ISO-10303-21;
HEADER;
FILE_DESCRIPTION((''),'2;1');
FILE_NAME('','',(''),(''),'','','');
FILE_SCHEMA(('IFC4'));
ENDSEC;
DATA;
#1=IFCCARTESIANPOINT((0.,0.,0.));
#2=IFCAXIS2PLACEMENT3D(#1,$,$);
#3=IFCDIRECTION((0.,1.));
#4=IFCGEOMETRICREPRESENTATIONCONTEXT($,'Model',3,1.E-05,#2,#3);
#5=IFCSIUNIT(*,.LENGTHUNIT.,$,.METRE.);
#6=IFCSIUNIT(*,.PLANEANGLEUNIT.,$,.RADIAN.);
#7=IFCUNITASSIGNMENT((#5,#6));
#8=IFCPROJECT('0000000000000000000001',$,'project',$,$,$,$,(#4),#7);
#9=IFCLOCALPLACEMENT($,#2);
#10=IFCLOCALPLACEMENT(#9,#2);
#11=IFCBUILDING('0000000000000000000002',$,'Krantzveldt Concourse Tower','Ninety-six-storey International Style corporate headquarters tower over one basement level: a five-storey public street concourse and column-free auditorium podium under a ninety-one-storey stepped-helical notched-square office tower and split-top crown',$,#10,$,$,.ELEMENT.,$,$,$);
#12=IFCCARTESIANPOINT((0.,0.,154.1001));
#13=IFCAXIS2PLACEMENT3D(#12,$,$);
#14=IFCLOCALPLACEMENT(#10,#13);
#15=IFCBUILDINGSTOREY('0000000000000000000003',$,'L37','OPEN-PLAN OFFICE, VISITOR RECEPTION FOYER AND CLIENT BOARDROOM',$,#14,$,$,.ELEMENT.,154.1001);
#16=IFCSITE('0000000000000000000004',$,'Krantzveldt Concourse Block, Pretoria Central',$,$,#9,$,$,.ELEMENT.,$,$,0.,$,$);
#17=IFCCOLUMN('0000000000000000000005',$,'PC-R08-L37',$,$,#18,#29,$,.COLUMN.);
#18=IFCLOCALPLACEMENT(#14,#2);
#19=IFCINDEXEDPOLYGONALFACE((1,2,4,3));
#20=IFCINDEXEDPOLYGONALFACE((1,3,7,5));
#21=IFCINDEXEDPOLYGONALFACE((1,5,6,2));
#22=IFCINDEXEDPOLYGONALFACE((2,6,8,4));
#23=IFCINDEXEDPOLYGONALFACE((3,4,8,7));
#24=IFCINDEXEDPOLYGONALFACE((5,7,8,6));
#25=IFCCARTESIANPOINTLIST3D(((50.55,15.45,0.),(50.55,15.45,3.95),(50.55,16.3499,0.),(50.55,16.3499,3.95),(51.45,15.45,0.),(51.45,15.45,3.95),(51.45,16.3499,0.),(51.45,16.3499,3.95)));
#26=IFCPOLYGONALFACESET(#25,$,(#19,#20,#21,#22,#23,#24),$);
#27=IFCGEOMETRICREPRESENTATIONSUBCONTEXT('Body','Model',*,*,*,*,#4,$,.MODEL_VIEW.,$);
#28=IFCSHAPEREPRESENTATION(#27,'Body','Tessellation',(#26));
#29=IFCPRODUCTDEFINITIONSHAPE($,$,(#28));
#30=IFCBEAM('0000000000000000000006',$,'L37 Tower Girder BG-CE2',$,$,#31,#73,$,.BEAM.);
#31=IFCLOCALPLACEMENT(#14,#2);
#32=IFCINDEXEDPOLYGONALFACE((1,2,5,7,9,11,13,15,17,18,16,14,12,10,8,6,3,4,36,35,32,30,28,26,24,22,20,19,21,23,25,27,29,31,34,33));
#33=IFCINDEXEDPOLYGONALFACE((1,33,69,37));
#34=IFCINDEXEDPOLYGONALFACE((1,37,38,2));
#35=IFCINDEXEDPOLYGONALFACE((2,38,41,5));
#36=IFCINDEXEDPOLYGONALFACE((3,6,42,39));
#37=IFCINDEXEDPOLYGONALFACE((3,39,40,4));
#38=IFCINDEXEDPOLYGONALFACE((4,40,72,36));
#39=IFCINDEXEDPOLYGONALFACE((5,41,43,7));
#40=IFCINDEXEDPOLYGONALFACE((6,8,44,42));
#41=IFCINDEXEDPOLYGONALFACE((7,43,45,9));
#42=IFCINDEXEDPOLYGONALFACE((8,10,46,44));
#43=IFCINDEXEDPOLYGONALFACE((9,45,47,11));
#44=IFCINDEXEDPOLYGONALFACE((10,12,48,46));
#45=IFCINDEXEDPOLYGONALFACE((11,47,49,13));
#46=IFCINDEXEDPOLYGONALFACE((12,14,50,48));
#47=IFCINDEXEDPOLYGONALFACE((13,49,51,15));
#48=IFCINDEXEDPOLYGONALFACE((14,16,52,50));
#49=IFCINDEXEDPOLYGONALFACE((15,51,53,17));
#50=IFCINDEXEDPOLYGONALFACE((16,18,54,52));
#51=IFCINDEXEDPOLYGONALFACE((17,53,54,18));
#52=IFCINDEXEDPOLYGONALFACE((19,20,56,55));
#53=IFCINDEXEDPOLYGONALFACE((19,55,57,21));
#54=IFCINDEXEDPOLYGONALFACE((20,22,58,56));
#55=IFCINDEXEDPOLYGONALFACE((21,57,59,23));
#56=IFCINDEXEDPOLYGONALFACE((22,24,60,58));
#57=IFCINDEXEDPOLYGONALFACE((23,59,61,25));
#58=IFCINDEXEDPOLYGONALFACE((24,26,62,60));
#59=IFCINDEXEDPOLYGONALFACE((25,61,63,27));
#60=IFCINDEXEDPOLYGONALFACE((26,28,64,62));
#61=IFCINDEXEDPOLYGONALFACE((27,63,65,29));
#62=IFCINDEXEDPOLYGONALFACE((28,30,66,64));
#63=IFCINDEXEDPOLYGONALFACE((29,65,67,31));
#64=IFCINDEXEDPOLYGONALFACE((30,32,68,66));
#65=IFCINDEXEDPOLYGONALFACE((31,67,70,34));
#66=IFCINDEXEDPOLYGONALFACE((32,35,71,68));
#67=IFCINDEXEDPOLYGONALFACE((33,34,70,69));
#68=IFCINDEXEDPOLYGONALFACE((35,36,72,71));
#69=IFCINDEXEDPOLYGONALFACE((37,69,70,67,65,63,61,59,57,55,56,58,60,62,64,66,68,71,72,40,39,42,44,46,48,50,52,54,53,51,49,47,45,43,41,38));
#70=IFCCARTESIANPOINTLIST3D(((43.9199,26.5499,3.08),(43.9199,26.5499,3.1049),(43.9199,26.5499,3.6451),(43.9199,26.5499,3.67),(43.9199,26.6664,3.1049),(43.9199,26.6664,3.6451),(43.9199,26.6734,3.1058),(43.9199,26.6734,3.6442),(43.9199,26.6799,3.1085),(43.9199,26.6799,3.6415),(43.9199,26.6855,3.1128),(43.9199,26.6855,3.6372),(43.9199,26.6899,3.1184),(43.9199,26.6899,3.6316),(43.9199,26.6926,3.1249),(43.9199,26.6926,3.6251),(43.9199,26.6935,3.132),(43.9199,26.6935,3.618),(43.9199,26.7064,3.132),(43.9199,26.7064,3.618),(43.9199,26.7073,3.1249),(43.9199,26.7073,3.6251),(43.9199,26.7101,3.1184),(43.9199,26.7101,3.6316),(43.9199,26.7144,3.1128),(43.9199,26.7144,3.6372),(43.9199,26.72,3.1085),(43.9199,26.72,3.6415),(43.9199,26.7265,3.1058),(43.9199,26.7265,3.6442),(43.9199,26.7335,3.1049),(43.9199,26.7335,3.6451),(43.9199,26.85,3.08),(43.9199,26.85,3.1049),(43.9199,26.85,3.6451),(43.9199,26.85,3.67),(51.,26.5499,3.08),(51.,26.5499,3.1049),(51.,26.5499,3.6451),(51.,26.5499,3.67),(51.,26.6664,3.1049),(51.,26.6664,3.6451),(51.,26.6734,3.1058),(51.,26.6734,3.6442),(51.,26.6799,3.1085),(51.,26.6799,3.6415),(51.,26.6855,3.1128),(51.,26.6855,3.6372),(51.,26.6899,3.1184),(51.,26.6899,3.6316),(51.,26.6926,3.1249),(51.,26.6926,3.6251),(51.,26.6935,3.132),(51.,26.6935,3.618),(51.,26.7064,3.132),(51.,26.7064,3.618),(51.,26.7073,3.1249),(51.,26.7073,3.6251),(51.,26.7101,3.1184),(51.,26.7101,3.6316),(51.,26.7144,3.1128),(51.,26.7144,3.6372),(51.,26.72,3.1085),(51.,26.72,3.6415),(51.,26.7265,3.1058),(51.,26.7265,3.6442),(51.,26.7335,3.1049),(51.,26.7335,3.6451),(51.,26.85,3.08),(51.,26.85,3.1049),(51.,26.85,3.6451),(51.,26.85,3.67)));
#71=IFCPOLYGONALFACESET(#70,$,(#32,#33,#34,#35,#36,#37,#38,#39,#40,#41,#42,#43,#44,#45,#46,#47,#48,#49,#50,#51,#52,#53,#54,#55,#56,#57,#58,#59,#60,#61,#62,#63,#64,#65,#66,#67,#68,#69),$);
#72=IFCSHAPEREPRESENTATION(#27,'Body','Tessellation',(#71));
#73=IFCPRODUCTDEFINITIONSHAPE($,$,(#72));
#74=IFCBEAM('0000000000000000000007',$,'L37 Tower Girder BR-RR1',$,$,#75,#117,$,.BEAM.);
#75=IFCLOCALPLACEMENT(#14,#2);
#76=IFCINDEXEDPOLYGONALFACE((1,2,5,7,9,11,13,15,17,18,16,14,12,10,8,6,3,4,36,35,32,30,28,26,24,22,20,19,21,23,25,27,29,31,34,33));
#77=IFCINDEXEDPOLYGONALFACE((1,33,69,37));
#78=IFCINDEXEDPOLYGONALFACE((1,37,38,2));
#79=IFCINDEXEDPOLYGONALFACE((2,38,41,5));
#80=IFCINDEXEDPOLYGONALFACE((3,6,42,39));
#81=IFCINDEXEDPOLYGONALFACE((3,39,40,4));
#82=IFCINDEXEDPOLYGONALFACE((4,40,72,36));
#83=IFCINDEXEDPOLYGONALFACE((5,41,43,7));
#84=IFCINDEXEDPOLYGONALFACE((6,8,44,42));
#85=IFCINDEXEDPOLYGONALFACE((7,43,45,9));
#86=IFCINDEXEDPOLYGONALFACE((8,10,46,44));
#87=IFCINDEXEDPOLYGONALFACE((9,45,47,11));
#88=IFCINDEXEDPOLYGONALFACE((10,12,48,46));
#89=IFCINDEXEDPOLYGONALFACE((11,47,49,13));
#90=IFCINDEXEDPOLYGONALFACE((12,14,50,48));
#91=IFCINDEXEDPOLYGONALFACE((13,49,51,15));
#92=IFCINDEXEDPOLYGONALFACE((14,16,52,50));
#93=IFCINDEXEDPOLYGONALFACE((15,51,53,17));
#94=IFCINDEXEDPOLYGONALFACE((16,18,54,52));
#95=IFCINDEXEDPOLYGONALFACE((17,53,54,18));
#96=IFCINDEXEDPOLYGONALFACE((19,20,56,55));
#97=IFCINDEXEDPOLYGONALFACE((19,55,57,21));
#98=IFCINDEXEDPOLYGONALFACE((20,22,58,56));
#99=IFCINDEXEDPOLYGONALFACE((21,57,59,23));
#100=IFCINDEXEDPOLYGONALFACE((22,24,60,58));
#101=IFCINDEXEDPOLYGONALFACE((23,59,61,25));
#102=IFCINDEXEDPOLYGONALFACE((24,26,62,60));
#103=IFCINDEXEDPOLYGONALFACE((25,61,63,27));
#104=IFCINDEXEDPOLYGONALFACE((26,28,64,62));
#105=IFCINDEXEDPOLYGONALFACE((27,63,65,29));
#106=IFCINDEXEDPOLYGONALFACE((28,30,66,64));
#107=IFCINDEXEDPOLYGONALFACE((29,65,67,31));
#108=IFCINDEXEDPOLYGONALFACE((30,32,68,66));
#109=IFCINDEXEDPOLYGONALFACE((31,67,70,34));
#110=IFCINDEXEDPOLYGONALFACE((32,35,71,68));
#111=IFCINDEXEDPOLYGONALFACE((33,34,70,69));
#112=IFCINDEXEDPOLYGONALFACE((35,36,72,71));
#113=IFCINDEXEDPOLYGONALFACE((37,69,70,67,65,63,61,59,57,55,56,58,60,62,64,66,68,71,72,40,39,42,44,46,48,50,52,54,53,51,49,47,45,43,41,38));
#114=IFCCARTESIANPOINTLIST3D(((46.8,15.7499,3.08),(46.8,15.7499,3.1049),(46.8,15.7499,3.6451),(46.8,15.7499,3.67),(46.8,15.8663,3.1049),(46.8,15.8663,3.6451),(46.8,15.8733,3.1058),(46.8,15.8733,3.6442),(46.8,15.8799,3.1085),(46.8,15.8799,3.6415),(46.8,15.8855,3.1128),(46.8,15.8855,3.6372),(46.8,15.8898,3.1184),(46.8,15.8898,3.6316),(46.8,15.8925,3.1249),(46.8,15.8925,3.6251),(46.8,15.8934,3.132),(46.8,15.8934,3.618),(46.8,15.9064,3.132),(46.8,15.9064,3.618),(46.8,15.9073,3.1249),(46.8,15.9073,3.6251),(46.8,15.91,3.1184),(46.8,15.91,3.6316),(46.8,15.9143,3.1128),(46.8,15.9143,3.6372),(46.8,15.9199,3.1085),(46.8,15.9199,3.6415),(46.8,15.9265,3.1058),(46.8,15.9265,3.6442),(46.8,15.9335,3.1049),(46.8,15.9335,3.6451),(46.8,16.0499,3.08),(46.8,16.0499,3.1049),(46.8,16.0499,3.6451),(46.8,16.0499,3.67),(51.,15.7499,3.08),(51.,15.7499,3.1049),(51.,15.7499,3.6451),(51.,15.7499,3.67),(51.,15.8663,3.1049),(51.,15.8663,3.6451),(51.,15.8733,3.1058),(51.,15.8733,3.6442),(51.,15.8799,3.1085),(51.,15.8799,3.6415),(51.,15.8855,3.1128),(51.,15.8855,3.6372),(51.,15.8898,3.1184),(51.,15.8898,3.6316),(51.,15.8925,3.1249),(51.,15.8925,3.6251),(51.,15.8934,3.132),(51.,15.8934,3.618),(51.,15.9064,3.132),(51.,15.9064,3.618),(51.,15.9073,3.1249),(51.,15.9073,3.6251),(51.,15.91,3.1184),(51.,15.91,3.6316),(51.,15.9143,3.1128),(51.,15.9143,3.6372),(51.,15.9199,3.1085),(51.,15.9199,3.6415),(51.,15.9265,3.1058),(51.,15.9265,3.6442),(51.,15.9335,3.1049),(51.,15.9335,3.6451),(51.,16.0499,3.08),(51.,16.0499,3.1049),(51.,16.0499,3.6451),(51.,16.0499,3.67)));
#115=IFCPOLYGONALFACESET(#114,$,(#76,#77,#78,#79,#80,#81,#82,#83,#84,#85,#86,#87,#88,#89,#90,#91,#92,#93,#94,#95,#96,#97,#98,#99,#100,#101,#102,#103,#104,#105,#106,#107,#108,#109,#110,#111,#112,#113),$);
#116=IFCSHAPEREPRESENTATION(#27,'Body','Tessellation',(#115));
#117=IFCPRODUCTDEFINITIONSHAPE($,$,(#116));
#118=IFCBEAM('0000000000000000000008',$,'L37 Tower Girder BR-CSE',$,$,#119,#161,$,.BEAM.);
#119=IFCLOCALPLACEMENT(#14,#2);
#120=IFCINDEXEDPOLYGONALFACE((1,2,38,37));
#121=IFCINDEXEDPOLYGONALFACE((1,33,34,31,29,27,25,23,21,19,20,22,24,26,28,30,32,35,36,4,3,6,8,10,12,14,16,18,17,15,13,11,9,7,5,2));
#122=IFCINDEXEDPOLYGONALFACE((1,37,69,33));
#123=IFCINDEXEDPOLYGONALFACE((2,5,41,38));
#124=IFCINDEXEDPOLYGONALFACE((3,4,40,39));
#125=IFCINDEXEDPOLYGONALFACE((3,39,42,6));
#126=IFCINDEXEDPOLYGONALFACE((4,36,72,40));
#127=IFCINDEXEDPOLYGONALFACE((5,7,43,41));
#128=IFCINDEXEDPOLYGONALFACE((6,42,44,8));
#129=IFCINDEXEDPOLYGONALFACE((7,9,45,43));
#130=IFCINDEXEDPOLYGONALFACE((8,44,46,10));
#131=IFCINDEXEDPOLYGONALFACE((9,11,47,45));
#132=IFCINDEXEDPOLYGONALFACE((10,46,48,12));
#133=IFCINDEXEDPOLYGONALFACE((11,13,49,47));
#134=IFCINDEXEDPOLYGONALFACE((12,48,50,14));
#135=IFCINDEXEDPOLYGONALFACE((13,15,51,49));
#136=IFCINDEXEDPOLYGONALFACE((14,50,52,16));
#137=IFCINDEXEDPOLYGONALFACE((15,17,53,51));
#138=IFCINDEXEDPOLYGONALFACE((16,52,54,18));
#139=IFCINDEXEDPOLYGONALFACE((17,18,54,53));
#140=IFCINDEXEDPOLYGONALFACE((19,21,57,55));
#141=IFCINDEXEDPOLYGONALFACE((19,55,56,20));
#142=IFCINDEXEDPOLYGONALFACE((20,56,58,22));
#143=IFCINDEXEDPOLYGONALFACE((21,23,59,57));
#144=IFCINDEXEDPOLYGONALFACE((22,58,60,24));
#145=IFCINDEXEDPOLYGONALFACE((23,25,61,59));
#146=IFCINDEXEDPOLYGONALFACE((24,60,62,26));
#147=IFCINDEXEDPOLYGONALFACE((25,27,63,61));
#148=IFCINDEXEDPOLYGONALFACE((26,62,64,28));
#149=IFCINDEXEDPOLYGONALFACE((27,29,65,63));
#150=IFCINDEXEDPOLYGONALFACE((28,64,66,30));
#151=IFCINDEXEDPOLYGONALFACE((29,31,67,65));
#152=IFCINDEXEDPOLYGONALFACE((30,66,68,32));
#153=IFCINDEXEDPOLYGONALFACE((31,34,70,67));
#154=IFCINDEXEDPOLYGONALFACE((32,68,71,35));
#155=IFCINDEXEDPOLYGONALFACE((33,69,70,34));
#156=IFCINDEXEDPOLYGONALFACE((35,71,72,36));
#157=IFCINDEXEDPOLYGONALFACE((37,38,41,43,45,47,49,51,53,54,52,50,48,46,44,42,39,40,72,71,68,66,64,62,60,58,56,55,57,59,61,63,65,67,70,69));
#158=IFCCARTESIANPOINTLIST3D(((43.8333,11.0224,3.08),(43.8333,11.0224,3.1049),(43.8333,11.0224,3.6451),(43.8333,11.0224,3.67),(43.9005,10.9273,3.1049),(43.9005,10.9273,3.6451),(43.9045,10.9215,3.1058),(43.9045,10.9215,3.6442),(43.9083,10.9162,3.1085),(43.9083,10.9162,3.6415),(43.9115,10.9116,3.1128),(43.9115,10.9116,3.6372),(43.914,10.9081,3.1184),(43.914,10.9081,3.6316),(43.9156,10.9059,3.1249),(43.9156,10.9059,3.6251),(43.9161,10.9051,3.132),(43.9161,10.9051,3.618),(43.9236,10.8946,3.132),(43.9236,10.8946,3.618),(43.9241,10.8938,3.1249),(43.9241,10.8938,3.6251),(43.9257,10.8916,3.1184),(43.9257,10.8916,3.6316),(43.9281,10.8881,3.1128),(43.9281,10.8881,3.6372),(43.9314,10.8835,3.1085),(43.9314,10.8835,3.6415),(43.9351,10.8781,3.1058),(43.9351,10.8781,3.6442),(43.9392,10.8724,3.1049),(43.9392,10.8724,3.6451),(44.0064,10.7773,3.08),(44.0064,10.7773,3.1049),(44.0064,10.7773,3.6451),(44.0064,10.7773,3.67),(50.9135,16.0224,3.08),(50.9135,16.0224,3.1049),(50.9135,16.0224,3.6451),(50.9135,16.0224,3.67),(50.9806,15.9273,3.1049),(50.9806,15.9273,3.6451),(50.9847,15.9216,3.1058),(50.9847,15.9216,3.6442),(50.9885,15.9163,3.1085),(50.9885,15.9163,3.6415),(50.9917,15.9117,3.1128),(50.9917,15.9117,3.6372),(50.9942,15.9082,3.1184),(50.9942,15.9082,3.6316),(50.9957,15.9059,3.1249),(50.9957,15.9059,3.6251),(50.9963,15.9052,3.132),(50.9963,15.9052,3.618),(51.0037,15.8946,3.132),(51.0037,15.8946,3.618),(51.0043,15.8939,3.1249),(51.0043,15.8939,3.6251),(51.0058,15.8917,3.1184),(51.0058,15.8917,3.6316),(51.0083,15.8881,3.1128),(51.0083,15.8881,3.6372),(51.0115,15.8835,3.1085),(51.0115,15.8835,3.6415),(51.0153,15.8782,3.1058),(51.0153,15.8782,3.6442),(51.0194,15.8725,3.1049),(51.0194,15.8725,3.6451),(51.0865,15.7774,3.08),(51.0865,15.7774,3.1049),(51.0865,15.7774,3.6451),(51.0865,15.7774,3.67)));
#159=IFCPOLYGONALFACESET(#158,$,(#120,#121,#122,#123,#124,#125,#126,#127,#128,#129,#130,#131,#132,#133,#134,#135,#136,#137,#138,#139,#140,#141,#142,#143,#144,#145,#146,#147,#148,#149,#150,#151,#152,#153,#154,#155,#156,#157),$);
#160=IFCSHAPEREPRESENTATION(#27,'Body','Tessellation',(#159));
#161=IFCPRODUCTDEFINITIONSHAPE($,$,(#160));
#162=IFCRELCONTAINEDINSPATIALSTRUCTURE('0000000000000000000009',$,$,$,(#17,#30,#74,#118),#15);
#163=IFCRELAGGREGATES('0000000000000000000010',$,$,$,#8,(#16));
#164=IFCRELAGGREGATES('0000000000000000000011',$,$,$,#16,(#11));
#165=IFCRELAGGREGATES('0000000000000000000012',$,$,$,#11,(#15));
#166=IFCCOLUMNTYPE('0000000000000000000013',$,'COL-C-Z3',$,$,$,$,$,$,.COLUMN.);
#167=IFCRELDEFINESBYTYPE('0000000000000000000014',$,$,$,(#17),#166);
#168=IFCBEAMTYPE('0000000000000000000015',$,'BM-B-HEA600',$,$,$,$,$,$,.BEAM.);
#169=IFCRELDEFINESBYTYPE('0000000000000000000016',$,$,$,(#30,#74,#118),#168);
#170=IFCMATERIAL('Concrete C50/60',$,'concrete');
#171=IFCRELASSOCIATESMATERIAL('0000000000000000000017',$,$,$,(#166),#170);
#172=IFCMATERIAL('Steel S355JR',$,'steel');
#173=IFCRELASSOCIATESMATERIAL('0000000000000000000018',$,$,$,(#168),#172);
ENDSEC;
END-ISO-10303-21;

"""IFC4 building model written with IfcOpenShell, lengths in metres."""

from ifc_helpers import new_model, si_unit, direction, frame, origin, origin_2d, place, context, subcontext, project, spatial, rectangle, i_section, extrude, source, transform, mapped, material, material_profile, profile_set, type_object, type_shapes, element, save


model = new_model("IFC4")

# Units and contexts
model_context = context("Model", 3, precision=1e-05, world=origin(), true_north=direction((0.0, 1.0)))
body_context = subcontext(model_context, "Body", "Model", "MODEL_VIEW")
ifc_project = project(units=[si_unit("LENGTHUNIT", "METRE"), si_unit("PLANEANGLEUNIT", "RADIAN")], contexts=[model_context])

# Site, building, storey
site_placement = place(None, origin())
site = spatial("IfcSite", under=ifc_project, at=site_placement, Name="Krantzveldt Concourse Block, Pretoria Central", CompositionType="ELEMENT", RefElevation=0.0)
building_placement = place(site_placement, origin())
building = spatial("IfcBuilding", under=site, at=building_placement, Name="Krantzveldt Concourse Tower", Description="Ninety-six-storey International Style corporate headquarters tower over one basement level: a five-storey public street concourse and column-free auditorium podium under a ninety-one-storey stepped-helical notched-square office tower and split-top crown", CompositionType="ELEMENT")
storey_placement = place(building_placement, frame((0.0, 0.0, 154.1001)))
storey = spatial("IfcBuildingStorey", under=building, at=storey_placement, Name="L37", Description="OPEN-PLAN OFFICE, VISITOR RECEPTION FOYER AND CLIENT BOARDROOM", CompositionType="ELEMENT", Elevation=154.1001)

# Column
ifc_material_1 = material(Name="Concrete C50/60", Category="concrete")
ifc_material_profile_1 = material_profile(ifc_material_1, rectangle(XDim=0.8999, YDim=0.8999, at=origin_2d()), Name="Concrete C50/60", Category="concrete")
ifc_profile_set_1 = profile_set([ifc_material_profile_1], Name="Concrete C50/60 - RC 900x900")
column_type = type_object("IfcColumnType", Name="COL-C-Z3", PredefinedType="COLUMN", material=ifc_profile_set_1)
shared_shape_1 = source(origin(), body_context, "Body", "SweptSolid", [
    extrude(rectangle(XDim=0.8999, YDim=0.8999, at=origin_2d()), origin(), (0.0, 0.0, 1.0), 3.95),
])
type_shapes(column_type, [shared_shape_1])
column_placement = place(storey_placement, frame((51.0, 15.8999, 0.0), z_axis=(0.0, 0.0, 1.0), x_axis=(1.0, 0.0, 0.0)))
element("IfcColumn", 1, at=column_placement, inside=storey, type_object=column_type, Name="PC-R08-L37", PredefinedType="COLUMN", context=body_context, shape_type="MappedRepresentation", body=[
    mapped(shared_shape_1, transform((0.0, 0.0, 0.0), x_axis=(1.0, 0.0, 0.0), y_axis=(0.0, 1.0, 0.0), z_axis=(0.0, 0.0, 1.0), scale=1.0)),
])

# Beams
ifc_material_2 = material(Name="Steel S355JR", Category="steel")
ifc_material_profile_2 = material_profile(ifc_material_2, i_section(OverallWidth=0.3, OverallDepth=0.5901, WebThickness=0.0129, FlangeThickness=0.0249, FilletRadius=0.0271, at=origin_2d()), Name="Steel S355JR", Category="steel")
ifc_profile_set_2 = profile_set([ifc_material_profile_2], Name="Steel S355JR - HEA 600")
beam_type_1 = type_object("IfcBeamType", Name="BM-B-HEA600", PredefinedType="BEAM", material=ifc_profile_set_2)
shared_shape_2 = source(origin(), body_context, "Body", "SweptSolid", [
    extrude(i_section(OverallWidth=0.3, OverallDepth=0.5901, WebThickness=0.0129, FlangeThickness=0.0249, FilletRadius=0.0271, at=origin_2d()), origin(), (0.0, 0.0, 1.0), 7.0801),
])
beam_1_placement = place(storey_placement, frame((43.9199, 26.7, 3.375), z_axis=(1.0, 0.0, 0.0), x_axis=(0.0, 1.0, 0.0)))
element("IfcBeam", 2, at=beam_1_placement, inside=storey, type_object=beam_type_1, Name="L37 Tower Girder BG-CE2", PredefinedType="BEAM", context=body_context, shape_type="MappedRepresentation", body=[
    mapped(shared_shape_2, transform((0.0, 0.0, 0.0), x_axis=(1.0, 0.0, 0.0), y_axis=(0.0, 1.0, 0.0), z_axis=(0.0, 0.0, 1.0), scale=1.0)),
])
shared_shape_3 = source(origin(), body_context, "Body", "SweptSolid", [
    extrude(i_section(OverallWidth=0.3, OverallDepth=0.5901, WebThickness=0.0129, FlangeThickness=0.0249, FilletRadius=0.0271, at=origin_2d()), origin(), (0.0, 0.0, 1.0), 4.2),
])
beam_2_placement = place(storey_placement, frame((46.8, 15.8999, 3.375), z_axis=(1.0, 0.0, 0.0), x_axis=(0.0, 1.0, 0.0)))
element("IfcBeam", 3, at=beam_2_placement, inside=storey, type_object=beam_type_1, Name="L37 Tower Girder BR-RR1", PredefinedType="BEAM", context=body_context, shape_type="MappedRepresentation", body=[
    mapped(shared_shape_3, transform((0.0, 0.0, 0.0), x_axis=(1.0, 0.0, 0.0), y_axis=(0.0, 1.0, 0.0), z_axis=(0.0, 0.0, 1.0), scale=1.0)),
])
shared_shape_4 = source(origin(), body_context, "Body", "SweptSolid", [
    extrude(i_section(OverallWidth=0.3, OverallDepth=0.5901, WebThickness=0.0129, FlangeThickness=0.0249, FilletRadius=0.0271, at=origin_2d()), origin(), (0.0, 0.0, 1.0), 8.6677),
])
type_shapes(beam_type_1, [shared_shape_2, shared_shape_3, shared_shape_4])
beam_3_placement = place(storey_placement, frame((51.0, 15.8999, 3.375), z_axis=(-0.816843, -0.57686, 0.0), x_axis=(0.57686, -0.816843, 0.0)))
element("IfcBeam", 4, at=beam_3_placement, inside=storey, type_object=beam_type_1, Name="L37 Tower Girder BR-CSE", PredefinedType="BEAM", context=body_context, shape_type="MappedRepresentation", body=[
    mapped(shared_shape_4, transform((0.0, 0.0, 0.0), x_axis=(1.0, 0.0, 0.0), y_axis=(0.0, 1.0, 0.0), z_axis=(0.0, 0.0, 1.0), scale=1.0)),
])

save(model, "model.ifc")
